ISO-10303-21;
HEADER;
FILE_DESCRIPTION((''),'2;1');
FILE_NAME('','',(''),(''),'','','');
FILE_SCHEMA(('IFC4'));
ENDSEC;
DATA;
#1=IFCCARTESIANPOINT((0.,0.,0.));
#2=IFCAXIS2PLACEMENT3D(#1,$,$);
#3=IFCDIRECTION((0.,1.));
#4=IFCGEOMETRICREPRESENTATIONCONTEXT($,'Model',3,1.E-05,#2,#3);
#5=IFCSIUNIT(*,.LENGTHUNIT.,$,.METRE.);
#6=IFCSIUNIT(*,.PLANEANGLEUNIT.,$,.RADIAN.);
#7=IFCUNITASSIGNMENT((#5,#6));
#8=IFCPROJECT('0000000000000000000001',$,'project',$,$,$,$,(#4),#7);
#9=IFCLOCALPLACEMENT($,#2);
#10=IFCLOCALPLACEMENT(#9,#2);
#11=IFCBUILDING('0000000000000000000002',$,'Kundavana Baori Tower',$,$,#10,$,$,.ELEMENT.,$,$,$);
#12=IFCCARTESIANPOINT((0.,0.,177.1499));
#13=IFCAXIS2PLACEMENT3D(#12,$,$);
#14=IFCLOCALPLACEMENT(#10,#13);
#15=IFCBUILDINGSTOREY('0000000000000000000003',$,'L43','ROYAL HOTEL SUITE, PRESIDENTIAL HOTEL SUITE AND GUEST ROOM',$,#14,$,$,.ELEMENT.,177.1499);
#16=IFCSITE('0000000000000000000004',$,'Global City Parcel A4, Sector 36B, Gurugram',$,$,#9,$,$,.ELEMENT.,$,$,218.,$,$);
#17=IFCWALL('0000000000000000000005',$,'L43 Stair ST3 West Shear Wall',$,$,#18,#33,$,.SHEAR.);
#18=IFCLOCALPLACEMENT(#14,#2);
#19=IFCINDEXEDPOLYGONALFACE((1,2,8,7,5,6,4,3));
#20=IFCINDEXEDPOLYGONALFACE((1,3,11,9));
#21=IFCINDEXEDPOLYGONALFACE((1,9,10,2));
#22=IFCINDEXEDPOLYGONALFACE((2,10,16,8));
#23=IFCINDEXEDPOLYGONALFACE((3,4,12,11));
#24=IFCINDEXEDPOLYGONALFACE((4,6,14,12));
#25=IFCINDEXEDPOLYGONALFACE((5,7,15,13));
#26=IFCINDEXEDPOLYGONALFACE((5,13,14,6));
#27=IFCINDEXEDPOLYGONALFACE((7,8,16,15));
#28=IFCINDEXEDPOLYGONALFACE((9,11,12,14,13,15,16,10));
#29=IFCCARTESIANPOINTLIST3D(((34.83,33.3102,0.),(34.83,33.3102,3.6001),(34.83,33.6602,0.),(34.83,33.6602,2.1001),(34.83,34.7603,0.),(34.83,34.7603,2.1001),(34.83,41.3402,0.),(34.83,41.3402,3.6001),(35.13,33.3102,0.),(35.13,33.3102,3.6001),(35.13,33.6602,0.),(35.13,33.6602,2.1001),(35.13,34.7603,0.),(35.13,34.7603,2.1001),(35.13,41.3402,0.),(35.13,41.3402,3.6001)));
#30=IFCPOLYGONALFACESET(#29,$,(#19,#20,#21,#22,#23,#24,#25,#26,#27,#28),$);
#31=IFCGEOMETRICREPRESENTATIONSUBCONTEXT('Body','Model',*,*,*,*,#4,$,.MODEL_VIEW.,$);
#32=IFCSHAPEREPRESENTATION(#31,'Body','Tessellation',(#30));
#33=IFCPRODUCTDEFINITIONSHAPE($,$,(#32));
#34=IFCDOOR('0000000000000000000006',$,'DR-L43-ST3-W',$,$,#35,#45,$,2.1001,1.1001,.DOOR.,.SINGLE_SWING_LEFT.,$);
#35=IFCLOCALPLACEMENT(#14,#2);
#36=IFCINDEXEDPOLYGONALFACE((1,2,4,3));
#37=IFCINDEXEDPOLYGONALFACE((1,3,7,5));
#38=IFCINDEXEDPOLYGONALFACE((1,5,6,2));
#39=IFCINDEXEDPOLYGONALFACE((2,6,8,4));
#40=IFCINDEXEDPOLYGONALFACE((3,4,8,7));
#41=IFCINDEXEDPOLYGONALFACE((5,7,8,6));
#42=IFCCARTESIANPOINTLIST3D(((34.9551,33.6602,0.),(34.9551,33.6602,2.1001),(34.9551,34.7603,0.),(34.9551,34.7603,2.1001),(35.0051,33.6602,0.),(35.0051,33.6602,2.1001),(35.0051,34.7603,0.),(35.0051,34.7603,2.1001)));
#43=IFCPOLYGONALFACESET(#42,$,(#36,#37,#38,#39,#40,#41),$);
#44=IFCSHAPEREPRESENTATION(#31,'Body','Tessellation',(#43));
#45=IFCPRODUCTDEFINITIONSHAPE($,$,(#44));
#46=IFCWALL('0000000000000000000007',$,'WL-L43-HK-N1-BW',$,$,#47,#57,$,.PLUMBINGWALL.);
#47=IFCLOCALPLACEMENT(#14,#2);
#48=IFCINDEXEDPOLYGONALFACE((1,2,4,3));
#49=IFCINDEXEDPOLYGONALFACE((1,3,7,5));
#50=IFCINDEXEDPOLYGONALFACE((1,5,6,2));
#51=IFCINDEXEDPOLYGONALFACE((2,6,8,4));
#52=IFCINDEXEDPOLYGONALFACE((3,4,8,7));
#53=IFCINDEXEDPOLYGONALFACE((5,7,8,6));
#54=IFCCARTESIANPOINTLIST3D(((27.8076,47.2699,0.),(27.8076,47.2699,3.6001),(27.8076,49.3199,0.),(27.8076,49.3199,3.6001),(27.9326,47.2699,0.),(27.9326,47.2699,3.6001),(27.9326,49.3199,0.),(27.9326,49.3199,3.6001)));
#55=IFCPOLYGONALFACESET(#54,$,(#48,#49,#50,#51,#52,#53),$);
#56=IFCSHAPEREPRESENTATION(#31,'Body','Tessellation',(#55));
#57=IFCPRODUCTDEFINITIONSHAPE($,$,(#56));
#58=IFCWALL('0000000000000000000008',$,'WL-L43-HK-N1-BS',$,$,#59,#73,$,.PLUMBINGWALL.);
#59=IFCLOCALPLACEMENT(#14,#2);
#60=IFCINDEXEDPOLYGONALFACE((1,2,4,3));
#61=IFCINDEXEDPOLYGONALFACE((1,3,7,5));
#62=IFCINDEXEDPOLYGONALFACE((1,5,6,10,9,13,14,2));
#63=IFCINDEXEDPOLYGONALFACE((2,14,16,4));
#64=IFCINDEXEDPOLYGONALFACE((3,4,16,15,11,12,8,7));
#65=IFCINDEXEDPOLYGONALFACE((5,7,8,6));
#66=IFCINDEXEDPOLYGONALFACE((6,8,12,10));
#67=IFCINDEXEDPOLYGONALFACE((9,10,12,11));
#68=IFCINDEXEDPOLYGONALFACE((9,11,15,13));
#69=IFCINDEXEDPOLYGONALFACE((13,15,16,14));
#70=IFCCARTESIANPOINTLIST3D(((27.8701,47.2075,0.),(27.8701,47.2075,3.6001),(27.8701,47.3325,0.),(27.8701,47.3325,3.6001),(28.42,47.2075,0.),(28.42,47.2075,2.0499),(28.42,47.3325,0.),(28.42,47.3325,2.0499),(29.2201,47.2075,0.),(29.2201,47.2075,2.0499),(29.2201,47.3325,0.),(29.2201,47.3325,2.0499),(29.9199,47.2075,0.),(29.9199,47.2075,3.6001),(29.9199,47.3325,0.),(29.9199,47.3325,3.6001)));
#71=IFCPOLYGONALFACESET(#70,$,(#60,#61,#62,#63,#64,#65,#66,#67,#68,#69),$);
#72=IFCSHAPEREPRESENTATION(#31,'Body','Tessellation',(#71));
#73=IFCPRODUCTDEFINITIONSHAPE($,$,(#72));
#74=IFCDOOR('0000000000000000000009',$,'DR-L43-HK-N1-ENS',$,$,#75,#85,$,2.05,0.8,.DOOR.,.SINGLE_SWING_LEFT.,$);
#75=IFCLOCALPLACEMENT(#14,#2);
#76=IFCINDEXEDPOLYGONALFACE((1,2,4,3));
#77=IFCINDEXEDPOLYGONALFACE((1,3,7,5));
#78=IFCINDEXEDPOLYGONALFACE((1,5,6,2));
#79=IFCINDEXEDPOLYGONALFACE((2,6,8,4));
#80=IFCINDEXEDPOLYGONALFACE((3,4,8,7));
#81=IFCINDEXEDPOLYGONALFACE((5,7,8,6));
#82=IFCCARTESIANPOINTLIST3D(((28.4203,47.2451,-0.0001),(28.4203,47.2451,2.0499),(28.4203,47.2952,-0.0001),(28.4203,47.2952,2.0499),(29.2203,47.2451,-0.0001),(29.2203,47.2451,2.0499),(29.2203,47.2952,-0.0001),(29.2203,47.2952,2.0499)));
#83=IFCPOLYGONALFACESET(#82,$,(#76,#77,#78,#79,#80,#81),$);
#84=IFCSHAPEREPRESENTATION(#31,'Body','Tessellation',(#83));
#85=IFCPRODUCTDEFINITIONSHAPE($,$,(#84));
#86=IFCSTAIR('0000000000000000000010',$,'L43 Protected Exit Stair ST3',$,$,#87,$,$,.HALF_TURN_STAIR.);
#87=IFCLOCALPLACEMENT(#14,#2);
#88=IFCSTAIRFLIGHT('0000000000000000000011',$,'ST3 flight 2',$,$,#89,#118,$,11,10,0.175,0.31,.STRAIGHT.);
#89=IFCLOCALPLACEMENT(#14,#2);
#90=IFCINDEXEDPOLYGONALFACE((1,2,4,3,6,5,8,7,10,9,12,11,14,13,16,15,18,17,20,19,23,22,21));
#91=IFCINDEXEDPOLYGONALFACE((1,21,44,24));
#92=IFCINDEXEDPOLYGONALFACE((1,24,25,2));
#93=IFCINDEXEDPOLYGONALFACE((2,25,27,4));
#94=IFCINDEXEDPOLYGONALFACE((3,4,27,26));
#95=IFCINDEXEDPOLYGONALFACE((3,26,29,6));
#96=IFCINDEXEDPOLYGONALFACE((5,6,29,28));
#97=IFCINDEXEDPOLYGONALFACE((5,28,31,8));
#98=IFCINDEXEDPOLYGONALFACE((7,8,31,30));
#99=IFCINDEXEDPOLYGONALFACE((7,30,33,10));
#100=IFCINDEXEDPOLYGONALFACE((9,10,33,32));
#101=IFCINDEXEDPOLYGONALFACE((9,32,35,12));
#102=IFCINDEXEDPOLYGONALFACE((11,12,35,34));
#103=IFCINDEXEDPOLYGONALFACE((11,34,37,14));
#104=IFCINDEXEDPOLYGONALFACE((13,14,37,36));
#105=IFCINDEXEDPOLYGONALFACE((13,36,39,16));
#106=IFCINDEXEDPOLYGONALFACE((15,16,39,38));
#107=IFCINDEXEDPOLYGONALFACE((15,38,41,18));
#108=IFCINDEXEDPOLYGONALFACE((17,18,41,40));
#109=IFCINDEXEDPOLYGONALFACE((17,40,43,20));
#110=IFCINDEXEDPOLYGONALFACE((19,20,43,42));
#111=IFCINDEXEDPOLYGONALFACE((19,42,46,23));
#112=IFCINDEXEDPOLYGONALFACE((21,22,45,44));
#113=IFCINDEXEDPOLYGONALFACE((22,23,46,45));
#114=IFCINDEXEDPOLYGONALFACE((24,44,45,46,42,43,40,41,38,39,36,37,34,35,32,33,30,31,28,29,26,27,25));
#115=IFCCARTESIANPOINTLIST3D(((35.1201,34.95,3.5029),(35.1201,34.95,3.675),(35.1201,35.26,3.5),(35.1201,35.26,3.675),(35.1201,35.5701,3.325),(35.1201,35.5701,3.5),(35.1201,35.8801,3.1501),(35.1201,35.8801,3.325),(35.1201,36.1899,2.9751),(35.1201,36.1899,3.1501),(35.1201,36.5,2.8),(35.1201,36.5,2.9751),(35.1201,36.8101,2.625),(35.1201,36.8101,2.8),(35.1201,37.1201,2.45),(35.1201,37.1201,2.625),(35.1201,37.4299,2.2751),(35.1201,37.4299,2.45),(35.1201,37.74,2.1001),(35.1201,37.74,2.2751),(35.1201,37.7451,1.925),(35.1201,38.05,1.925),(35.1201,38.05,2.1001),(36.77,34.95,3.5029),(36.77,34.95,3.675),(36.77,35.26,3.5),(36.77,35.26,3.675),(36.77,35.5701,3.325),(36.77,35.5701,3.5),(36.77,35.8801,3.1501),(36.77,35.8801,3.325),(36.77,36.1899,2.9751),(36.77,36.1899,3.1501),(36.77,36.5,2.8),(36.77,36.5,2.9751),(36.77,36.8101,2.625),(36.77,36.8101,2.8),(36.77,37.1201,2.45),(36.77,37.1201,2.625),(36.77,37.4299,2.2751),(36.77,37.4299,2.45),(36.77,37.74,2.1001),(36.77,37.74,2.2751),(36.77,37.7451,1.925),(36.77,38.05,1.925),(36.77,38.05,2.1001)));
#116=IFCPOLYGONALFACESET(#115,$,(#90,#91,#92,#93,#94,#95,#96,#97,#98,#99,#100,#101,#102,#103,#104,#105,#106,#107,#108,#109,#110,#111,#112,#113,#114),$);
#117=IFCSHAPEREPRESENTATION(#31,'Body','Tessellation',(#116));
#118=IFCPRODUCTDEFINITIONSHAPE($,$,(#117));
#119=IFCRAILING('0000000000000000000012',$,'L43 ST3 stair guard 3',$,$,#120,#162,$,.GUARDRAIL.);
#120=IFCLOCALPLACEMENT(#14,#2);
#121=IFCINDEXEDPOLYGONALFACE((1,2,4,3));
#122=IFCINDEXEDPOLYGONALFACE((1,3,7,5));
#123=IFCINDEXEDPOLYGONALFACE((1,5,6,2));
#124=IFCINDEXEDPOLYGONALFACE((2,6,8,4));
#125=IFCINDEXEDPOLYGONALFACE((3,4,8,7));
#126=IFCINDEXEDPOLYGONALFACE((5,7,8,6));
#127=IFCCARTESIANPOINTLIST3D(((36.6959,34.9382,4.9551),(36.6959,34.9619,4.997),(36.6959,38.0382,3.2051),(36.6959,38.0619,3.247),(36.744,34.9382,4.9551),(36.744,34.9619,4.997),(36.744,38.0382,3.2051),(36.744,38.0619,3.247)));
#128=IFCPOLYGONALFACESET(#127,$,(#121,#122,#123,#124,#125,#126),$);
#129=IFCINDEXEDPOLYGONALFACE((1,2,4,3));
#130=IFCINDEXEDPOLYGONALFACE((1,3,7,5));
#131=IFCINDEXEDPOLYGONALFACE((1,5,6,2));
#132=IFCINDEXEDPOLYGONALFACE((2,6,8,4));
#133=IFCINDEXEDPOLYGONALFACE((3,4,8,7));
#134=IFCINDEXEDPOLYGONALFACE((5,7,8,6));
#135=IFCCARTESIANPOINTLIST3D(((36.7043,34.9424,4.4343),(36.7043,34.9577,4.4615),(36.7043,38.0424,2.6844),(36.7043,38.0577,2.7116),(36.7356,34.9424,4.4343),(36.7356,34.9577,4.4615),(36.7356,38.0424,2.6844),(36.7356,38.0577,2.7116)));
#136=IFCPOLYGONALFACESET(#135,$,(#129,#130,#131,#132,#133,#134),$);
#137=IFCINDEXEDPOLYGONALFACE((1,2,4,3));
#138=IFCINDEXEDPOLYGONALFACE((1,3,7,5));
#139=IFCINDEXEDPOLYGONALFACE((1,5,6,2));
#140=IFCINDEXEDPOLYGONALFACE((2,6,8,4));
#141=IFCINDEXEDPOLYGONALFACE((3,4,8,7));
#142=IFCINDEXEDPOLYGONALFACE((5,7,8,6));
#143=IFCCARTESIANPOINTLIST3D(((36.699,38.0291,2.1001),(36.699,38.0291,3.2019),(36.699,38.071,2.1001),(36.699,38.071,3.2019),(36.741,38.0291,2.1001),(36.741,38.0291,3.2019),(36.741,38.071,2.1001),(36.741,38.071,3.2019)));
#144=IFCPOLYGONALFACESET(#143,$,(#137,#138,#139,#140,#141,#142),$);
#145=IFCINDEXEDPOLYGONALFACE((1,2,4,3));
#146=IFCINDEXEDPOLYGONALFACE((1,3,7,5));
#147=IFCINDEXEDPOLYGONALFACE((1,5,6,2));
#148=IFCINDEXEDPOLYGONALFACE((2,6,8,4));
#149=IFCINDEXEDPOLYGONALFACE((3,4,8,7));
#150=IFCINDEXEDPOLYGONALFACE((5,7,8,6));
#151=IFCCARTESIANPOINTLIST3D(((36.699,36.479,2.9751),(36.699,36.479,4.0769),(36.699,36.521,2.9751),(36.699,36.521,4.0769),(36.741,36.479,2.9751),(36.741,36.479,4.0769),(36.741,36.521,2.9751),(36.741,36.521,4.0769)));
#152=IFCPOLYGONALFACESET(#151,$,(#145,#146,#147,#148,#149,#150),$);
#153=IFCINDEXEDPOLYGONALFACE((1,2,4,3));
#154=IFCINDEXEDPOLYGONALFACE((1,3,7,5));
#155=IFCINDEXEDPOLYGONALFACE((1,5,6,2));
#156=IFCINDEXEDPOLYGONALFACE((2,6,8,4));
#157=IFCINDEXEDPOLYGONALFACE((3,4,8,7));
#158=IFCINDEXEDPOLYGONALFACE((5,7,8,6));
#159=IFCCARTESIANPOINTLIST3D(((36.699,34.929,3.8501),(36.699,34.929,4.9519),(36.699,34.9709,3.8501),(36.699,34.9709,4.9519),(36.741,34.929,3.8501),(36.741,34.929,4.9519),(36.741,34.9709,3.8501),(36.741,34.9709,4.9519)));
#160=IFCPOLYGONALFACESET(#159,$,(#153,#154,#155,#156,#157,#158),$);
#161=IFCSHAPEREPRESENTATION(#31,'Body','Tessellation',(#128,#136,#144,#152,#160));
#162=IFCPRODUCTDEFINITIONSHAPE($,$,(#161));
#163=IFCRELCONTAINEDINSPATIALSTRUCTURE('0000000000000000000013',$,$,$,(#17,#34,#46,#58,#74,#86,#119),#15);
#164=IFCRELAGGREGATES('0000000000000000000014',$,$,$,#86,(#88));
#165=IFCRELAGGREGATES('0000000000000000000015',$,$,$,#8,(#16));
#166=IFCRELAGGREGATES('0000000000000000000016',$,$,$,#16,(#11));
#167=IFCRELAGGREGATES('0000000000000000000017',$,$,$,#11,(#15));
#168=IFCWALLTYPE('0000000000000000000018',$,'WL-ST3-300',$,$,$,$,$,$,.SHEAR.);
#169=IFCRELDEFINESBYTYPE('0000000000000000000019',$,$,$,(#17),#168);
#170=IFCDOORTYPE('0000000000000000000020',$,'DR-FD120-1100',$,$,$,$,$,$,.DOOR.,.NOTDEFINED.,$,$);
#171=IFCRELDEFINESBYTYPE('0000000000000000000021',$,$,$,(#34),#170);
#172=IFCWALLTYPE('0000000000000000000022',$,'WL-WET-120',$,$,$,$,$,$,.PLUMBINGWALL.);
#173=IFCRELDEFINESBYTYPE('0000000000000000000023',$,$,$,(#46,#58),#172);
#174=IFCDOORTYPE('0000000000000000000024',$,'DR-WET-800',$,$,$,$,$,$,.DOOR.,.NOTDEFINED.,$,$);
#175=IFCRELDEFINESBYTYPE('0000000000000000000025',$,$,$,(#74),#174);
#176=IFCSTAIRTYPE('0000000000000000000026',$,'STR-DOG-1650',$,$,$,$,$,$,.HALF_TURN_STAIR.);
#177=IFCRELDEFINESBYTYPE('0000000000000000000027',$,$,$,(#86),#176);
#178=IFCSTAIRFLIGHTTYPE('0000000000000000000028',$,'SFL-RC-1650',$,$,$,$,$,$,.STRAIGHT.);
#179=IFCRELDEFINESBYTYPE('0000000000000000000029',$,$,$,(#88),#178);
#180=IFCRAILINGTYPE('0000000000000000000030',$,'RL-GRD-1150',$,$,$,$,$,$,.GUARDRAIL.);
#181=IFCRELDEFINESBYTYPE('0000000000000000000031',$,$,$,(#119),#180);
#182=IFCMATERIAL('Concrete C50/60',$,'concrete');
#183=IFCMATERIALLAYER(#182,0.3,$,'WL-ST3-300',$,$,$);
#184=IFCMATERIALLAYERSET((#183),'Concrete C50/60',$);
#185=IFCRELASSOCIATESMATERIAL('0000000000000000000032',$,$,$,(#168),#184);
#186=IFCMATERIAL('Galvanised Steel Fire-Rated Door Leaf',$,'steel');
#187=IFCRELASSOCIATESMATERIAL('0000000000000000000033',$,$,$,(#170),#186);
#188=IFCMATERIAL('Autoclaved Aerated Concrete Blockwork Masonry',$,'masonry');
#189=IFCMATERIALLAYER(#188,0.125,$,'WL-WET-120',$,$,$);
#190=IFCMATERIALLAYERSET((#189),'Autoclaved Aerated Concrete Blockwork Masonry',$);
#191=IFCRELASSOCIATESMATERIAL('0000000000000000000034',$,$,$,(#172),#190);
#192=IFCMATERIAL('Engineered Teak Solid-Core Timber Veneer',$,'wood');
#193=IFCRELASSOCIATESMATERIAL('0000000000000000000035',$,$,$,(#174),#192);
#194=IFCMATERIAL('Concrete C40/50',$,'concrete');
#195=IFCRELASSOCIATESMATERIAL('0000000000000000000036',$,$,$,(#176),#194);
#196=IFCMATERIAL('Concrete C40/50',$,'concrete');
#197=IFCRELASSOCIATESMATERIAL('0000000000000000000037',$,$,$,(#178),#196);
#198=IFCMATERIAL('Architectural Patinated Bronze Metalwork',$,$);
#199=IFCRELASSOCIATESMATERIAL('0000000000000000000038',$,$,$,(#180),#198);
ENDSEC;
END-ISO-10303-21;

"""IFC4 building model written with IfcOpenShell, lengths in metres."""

from ifc_helpers import new_model, si_unit, direction, frame, frame_2d, origin, origin_2d, place, context, subcontext, project, spatial, polyline, rectangle, outline, extrude, material, layer, layer_set, type_object, element, fill, aggregate, save


model = new_model("IFC4")

# Units and contexts
model_context = context("Model", 3, precision=1e-05, world=origin(), true_north=direction((0.0, 1.0)))
body_context = subcontext(model_context, "Body", "Model", "MODEL_VIEW")
ifc_project = project(units=[si_unit("LENGTHUNIT", "METRE"), si_unit("PLANEANGLEUNIT", "RADIAN")], contexts=[model_context])

# Site, building, storey
site_placement = place(None, origin())
site = spatial("IfcSite", under=ifc_project, at=site_placement, Name="Global City Parcel A4, Sector 36B, Gurugram", CompositionType="ELEMENT", RefElevation=218.0)
building_placement = place(site_placement, origin())
building = spatial("IfcBuilding", under=site, at=building_placement, Name="Kundavana Baori Tower", CompositionType="ELEMENT")
storey_placement = place(building_placement, frame((0.0, 0.0, 177.1499)))
storey = spatial("IfcBuildingStorey", under=building, at=storey_placement, Name="L43", Description="ROYAL HOTEL SUITE, PRESIDENTIAL HOTEL SUITE AND GUEST ROOM", CompositionType="ELEMENT", Elevation=177.1499)

# Shared definitions
ifc_material_1 = material(Name="Concrete C50/60", Category="concrete")
ifc_layer_1 = layer(ifc_material_1, 0.3, Name="WL-ST3-300")
ifc_layer_set_1 = layer_set([ifc_layer_1], Name="Concrete C50/60")
wall_type_1 = type_object("IfcWallType", Name="WL-ST3-300", PredefinedType="SHEAR", material=ifc_layer_set_1)

# Wall, opening, door
wall_1_placement = place(storey_placement, frame((34.98, 33.3101, 0.0), z_axis=(0.0, 0.0, 1.0), x_axis=(0.0, 1.0, 0.0)))
wall_1 = element("IfcWall", 1, at=wall_1_placement, inside=storey, type_object=wall_type_1, Name="L43 Stair ST3 West Shear Wall", PredefinedType="SHEAR", context=body_context, shape_type="SweptSolid", body=[
    extrude(rectangle(XDim=8.03, YDim=0.3, at=frame_2d((4.0151, 0.0))), origin(), (0.0, 0.0, 1.0), 3.6001),
])
opening_1_placement = place(wall_1_placement, frame((0.3501, 0.0, 0.0)))
opening_1 = element("IfcOpeningElement", 2, at=opening_1_placement, cuts=wall_1, PredefinedType="OPENING", context=body_context, shape_type="SweptSolid", body=[
    extrude(rectangle(XDim=1.1001, YDim=2.1001, at=frame_2d((0.55, 1.05))), frame((0.0, 0.1602, 0.0), z_axis=(0.0, -1.0, 0.0), x_axis=(1.0, 0.0, 0.0)), (0.0, 0.0, 1.0), 0.3201),
])
ifc_material_2 = material(Name="Galvanised Steel Fire-Rated Door Leaf", Category="steel")
door_type_1 = type_object("IfcDoorType", Name="DR-FD120-1100", OperationType="NOTDEFINED", PredefinedType="DOOR", material=ifc_material_2)
door_1_placement = place(opening_1_placement, origin())
door_1 = element("IfcDoor", 3, at=door_1_placement, inside=storey, type_object=door_type_1, Name="DR-L43-ST3-W", OperationType="SINGLE_SWING_LEFT", OverallHeight=2.1001, OverallWidth=1.1001, PredefinedType="DOOR", context=body_context, shape_type="SweptSolid", body=[
    extrude(rectangle(XDim=1.1001, YDim=2.1001, at=frame_2d((0.55, 1.05))), frame((0.0, 0.0249, 0.0), z_axis=(0.0, -1.0, 0.0), x_axis=(1.0, 0.0, 0.0)), (0.0, 0.0, 1.0), 0.05),
])
fill(opening_1, door_1)

# Wall
ifc_material_3 = material(Name="Autoclaved Aerated Concrete Blockwork Masonry", Category="masonry")
ifc_layer_2 = layer(ifc_material_3, 0.125, Name="WL-WET-120")
ifc_layer_set_2 = layer_set([ifc_layer_2], Name="Autoclaved Aerated Concrete Blockwork Masonry")
wall_type_2 = type_object("IfcWallType", Name="WL-WET-120", PredefinedType="PLUMBINGWALL", material=ifc_layer_set_2)
wall_2_placement = place(storey_placement, frame((27.8701, 47.27, 0.0), z_axis=(0.0, 0.0, 1.0), x_axis=(0.0, 1.0, 0.0)))
element("IfcWall", 4, at=wall_2_placement, inside=storey, type_object=wall_type_2, Name="WL-L43-HK-N1-BW", PredefinedType="PLUMBINGWALL", context=body_context, shape_type="SweptSolid", body=[
    extrude(rectangle(XDim=2.05, YDim=0.125, at=frame_2d((1.0249, 0.0))), origin(), (0.0, 0.0, 1.0), 3.6001),
])

# Wall, opening, door
wall_3_placement = place(storey_placement, frame((27.8701, 47.27, 0.0), z_axis=(0.0, 0.0, 1.0), x_axis=(1.0, 0.0, 0.0)))
wall_3 = element("IfcWall", 5, at=wall_3_placement, inside=storey, type_object=wall_type_2, Name="WL-L43-HK-N1-BS", PredefinedType="PLUMBINGWALL", context=body_context, shape_type="SweptSolid", body=[
    extrude(rectangle(XDim=2.0498, YDim=0.125, at=frame_2d((1.0249, 0.0))), origin(), (0.0, 0.0, 1.0), 3.6001),
])
opening_2_placement = place(wall_3_placement, frame((0.55, 0.0, 0.0)))
opening_2 = element("IfcOpeningElement", 6, at=opening_2_placement, cuts=wall_3, PredefinedType="OPENING", context=body_context, shape_type="SweptSolid", body=[
    extrude(rectangle(XDim=0.8, YDim=2.05, at=frame_2d((0.3999, 1.0249))), frame((0.0, 0.0725, 0.0), z_axis=(0.0, -1.0, 0.0), x_axis=(1.0, 0.0, 0.0)), (0.0, 0.0, 1.0), 0.145),
])
ifc_material_4 = material(Name="Engineered Teak Solid-Core Timber Veneer", Category="wood")
door_type_2 = type_object("IfcDoorType", Name="DR-WET-800", OperationType="NOTDEFINED", PredefinedType="DOOR", material=ifc_material_4)
door_2_placement = place(opening_2_placement, frame((0.8, 0.0, 0.0), z_axis=(0.0, 0.0, 1.0), x_axis=(-1.0, 0.0, 0.0)))
door_2 = element("IfcDoor", 7, at=door_2_placement, inside=storey, type_object=door_type_2, Name="DR-L43-HK-N1-ENS", OperationType="SINGLE_SWING_LEFT", OverallHeight=2.05, OverallWidth=0.8, PredefinedType="DOOR", context=body_context, shape_type="SweptSolid", body=[
    extrude(rectangle(XDim=0.8, YDim=2.05, at=frame_2d((0.3999, 1.0249))), frame((0.0, 0.0249, 0.0), z_axis=(0.0, -1.0, 0.0), x_axis=(1.0, 0.0, 0.0)), (0.0, 0.0, 1.0), 0.05),
])
fill(opening_2, door_2)

# Stair, stair flight
ifc_material_5 = material(Name="Concrete C40/50", Category="concrete")
stair_type = type_object("IfcStairType", Name="STR-DOG-1650", PredefinedType="HALF_TURN_STAIR", material=ifc_material_5)
stair_placement = place(storey_placement, origin())
stair = element("IfcStair", 8, at=stair_placement, inside=storey, type_object=stair_type, Name="L43 Protected Exit Stair ST3", PredefinedType="HALF_TURN_STAIR")
ifc_material_6 = material(Name="Concrete C40/50", Category="concrete")
stair_flight_type = type_object("IfcStairFlightType", Name="SFL-RC-1650", PredefinedType="STRAIGHT", material=ifc_material_6)
stair_flight_placement = place(storey_placement, frame((35.9451, 38.05, 1.925), z_axis=(0.0, 0.0, 1.0), x_axis=(0.0, -1.0, 0.0)))
stair_flight = element("IfcStairFlight", 9, at=stair_flight_placement, type_object=stair_flight_type, Name="ST3 flight 2", NumberOfRisers=11, NumberOfTreads=10, PredefinedType="STRAIGHT", RiserHeight=0.175, TreadLength=0.31, context=body_context, shape_type="SweptSolid", body=[
    extrude(outline(polyline([(0.0, 0.0), (0.0, 0.175), (0.3101, 0.175), (0.3101, 0.3501), (0.6201, 0.3501), (0.6201, 0.5249), (0.9299, 0.5249), (0.9299, 0.7), (1.24, 0.7), (1.24, 0.875), (1.55, 0.875), (1.55, 1.05), (1.8601, 1.05), (1.8601, 1.2251), (2.1699, 1.2251), (2.1699, 1.3999), (2.48, 1.3999), (2.48, 1.575), (2.79, 1.575), (2.79, 1.75), (3.1001, 1.75), (3.1001, 1.925), (3.1001, 1.5779), (0.3049, 0.0), (0.0, 0.0)])), frame((0.0, 0.825, 0.0), z_axis=(0.0, -1.0, 0.0), x_axis=(1.0, 0.0, 0.0)), (0.0, 0.0, 1.0), 1.6499),
])
aggregate(stair, [stair_flight])

# Railing
ifc_material_7 = material(Name="Architectural Patinated Bronze Metalwork")
railing_type_1 = type_object("IfcRailingType", Name="RL-GRD-1150", PredefinedType="GUARDRAIL", material=ifc_material_7)
railing_1_placement = place(storey_placement, frame((36.72, 38.05, 2.1001)))
element("IfcRailing", 10, at=railing_1_placement, inside=storey, type_object=railing_type_1, Name="L43 ST3 stair guard 3", PredefinedType="GUARDRAIL", context=body_context, shape_type="SweptSolid", body=[
    extrude(rectangle(XDim=0.0481, YDim=0.0481, at=origin_2d()), frame((0.0, 0.0, 1.126), z_axis=(0.0, -0.870831, 0.491583), x_axis=(1.0, 0.0, 0.0)), (0.0, 0.0, 1.0), 3.5598),
    extrude(rectangle(XDim=0.0312, YDim=0.0312, at=origin_2d()), frame((0.0, 0.0, 0.5979), z_axis=(0.0, -0.870831, 0.491583), x_axis=(1.0, 0.0, 0.0)), (0.0, 0.0, 1.0), 3.5598),
    extrude(rectangle(XDim=0.042, YDim=0.042, at=origin_2d()), origin(), (0.0, 0.0, 1.0), 1.1018),
    extrude(rectangle(XDim=0.042, YDim=0.042, at=origin_2d()), frame((0.0, -1.55, 0.875)), (0.0, 0.0, 1.0), 1.1018),
    extrude(rectangle(XDim=0.042, YDim=0.042, at=origin_2d()), frame((0.0, -3.1001, 1.75)), (0.0, 0.0, 1.0), 1.1018),
])

save(model, "model.ifc")
